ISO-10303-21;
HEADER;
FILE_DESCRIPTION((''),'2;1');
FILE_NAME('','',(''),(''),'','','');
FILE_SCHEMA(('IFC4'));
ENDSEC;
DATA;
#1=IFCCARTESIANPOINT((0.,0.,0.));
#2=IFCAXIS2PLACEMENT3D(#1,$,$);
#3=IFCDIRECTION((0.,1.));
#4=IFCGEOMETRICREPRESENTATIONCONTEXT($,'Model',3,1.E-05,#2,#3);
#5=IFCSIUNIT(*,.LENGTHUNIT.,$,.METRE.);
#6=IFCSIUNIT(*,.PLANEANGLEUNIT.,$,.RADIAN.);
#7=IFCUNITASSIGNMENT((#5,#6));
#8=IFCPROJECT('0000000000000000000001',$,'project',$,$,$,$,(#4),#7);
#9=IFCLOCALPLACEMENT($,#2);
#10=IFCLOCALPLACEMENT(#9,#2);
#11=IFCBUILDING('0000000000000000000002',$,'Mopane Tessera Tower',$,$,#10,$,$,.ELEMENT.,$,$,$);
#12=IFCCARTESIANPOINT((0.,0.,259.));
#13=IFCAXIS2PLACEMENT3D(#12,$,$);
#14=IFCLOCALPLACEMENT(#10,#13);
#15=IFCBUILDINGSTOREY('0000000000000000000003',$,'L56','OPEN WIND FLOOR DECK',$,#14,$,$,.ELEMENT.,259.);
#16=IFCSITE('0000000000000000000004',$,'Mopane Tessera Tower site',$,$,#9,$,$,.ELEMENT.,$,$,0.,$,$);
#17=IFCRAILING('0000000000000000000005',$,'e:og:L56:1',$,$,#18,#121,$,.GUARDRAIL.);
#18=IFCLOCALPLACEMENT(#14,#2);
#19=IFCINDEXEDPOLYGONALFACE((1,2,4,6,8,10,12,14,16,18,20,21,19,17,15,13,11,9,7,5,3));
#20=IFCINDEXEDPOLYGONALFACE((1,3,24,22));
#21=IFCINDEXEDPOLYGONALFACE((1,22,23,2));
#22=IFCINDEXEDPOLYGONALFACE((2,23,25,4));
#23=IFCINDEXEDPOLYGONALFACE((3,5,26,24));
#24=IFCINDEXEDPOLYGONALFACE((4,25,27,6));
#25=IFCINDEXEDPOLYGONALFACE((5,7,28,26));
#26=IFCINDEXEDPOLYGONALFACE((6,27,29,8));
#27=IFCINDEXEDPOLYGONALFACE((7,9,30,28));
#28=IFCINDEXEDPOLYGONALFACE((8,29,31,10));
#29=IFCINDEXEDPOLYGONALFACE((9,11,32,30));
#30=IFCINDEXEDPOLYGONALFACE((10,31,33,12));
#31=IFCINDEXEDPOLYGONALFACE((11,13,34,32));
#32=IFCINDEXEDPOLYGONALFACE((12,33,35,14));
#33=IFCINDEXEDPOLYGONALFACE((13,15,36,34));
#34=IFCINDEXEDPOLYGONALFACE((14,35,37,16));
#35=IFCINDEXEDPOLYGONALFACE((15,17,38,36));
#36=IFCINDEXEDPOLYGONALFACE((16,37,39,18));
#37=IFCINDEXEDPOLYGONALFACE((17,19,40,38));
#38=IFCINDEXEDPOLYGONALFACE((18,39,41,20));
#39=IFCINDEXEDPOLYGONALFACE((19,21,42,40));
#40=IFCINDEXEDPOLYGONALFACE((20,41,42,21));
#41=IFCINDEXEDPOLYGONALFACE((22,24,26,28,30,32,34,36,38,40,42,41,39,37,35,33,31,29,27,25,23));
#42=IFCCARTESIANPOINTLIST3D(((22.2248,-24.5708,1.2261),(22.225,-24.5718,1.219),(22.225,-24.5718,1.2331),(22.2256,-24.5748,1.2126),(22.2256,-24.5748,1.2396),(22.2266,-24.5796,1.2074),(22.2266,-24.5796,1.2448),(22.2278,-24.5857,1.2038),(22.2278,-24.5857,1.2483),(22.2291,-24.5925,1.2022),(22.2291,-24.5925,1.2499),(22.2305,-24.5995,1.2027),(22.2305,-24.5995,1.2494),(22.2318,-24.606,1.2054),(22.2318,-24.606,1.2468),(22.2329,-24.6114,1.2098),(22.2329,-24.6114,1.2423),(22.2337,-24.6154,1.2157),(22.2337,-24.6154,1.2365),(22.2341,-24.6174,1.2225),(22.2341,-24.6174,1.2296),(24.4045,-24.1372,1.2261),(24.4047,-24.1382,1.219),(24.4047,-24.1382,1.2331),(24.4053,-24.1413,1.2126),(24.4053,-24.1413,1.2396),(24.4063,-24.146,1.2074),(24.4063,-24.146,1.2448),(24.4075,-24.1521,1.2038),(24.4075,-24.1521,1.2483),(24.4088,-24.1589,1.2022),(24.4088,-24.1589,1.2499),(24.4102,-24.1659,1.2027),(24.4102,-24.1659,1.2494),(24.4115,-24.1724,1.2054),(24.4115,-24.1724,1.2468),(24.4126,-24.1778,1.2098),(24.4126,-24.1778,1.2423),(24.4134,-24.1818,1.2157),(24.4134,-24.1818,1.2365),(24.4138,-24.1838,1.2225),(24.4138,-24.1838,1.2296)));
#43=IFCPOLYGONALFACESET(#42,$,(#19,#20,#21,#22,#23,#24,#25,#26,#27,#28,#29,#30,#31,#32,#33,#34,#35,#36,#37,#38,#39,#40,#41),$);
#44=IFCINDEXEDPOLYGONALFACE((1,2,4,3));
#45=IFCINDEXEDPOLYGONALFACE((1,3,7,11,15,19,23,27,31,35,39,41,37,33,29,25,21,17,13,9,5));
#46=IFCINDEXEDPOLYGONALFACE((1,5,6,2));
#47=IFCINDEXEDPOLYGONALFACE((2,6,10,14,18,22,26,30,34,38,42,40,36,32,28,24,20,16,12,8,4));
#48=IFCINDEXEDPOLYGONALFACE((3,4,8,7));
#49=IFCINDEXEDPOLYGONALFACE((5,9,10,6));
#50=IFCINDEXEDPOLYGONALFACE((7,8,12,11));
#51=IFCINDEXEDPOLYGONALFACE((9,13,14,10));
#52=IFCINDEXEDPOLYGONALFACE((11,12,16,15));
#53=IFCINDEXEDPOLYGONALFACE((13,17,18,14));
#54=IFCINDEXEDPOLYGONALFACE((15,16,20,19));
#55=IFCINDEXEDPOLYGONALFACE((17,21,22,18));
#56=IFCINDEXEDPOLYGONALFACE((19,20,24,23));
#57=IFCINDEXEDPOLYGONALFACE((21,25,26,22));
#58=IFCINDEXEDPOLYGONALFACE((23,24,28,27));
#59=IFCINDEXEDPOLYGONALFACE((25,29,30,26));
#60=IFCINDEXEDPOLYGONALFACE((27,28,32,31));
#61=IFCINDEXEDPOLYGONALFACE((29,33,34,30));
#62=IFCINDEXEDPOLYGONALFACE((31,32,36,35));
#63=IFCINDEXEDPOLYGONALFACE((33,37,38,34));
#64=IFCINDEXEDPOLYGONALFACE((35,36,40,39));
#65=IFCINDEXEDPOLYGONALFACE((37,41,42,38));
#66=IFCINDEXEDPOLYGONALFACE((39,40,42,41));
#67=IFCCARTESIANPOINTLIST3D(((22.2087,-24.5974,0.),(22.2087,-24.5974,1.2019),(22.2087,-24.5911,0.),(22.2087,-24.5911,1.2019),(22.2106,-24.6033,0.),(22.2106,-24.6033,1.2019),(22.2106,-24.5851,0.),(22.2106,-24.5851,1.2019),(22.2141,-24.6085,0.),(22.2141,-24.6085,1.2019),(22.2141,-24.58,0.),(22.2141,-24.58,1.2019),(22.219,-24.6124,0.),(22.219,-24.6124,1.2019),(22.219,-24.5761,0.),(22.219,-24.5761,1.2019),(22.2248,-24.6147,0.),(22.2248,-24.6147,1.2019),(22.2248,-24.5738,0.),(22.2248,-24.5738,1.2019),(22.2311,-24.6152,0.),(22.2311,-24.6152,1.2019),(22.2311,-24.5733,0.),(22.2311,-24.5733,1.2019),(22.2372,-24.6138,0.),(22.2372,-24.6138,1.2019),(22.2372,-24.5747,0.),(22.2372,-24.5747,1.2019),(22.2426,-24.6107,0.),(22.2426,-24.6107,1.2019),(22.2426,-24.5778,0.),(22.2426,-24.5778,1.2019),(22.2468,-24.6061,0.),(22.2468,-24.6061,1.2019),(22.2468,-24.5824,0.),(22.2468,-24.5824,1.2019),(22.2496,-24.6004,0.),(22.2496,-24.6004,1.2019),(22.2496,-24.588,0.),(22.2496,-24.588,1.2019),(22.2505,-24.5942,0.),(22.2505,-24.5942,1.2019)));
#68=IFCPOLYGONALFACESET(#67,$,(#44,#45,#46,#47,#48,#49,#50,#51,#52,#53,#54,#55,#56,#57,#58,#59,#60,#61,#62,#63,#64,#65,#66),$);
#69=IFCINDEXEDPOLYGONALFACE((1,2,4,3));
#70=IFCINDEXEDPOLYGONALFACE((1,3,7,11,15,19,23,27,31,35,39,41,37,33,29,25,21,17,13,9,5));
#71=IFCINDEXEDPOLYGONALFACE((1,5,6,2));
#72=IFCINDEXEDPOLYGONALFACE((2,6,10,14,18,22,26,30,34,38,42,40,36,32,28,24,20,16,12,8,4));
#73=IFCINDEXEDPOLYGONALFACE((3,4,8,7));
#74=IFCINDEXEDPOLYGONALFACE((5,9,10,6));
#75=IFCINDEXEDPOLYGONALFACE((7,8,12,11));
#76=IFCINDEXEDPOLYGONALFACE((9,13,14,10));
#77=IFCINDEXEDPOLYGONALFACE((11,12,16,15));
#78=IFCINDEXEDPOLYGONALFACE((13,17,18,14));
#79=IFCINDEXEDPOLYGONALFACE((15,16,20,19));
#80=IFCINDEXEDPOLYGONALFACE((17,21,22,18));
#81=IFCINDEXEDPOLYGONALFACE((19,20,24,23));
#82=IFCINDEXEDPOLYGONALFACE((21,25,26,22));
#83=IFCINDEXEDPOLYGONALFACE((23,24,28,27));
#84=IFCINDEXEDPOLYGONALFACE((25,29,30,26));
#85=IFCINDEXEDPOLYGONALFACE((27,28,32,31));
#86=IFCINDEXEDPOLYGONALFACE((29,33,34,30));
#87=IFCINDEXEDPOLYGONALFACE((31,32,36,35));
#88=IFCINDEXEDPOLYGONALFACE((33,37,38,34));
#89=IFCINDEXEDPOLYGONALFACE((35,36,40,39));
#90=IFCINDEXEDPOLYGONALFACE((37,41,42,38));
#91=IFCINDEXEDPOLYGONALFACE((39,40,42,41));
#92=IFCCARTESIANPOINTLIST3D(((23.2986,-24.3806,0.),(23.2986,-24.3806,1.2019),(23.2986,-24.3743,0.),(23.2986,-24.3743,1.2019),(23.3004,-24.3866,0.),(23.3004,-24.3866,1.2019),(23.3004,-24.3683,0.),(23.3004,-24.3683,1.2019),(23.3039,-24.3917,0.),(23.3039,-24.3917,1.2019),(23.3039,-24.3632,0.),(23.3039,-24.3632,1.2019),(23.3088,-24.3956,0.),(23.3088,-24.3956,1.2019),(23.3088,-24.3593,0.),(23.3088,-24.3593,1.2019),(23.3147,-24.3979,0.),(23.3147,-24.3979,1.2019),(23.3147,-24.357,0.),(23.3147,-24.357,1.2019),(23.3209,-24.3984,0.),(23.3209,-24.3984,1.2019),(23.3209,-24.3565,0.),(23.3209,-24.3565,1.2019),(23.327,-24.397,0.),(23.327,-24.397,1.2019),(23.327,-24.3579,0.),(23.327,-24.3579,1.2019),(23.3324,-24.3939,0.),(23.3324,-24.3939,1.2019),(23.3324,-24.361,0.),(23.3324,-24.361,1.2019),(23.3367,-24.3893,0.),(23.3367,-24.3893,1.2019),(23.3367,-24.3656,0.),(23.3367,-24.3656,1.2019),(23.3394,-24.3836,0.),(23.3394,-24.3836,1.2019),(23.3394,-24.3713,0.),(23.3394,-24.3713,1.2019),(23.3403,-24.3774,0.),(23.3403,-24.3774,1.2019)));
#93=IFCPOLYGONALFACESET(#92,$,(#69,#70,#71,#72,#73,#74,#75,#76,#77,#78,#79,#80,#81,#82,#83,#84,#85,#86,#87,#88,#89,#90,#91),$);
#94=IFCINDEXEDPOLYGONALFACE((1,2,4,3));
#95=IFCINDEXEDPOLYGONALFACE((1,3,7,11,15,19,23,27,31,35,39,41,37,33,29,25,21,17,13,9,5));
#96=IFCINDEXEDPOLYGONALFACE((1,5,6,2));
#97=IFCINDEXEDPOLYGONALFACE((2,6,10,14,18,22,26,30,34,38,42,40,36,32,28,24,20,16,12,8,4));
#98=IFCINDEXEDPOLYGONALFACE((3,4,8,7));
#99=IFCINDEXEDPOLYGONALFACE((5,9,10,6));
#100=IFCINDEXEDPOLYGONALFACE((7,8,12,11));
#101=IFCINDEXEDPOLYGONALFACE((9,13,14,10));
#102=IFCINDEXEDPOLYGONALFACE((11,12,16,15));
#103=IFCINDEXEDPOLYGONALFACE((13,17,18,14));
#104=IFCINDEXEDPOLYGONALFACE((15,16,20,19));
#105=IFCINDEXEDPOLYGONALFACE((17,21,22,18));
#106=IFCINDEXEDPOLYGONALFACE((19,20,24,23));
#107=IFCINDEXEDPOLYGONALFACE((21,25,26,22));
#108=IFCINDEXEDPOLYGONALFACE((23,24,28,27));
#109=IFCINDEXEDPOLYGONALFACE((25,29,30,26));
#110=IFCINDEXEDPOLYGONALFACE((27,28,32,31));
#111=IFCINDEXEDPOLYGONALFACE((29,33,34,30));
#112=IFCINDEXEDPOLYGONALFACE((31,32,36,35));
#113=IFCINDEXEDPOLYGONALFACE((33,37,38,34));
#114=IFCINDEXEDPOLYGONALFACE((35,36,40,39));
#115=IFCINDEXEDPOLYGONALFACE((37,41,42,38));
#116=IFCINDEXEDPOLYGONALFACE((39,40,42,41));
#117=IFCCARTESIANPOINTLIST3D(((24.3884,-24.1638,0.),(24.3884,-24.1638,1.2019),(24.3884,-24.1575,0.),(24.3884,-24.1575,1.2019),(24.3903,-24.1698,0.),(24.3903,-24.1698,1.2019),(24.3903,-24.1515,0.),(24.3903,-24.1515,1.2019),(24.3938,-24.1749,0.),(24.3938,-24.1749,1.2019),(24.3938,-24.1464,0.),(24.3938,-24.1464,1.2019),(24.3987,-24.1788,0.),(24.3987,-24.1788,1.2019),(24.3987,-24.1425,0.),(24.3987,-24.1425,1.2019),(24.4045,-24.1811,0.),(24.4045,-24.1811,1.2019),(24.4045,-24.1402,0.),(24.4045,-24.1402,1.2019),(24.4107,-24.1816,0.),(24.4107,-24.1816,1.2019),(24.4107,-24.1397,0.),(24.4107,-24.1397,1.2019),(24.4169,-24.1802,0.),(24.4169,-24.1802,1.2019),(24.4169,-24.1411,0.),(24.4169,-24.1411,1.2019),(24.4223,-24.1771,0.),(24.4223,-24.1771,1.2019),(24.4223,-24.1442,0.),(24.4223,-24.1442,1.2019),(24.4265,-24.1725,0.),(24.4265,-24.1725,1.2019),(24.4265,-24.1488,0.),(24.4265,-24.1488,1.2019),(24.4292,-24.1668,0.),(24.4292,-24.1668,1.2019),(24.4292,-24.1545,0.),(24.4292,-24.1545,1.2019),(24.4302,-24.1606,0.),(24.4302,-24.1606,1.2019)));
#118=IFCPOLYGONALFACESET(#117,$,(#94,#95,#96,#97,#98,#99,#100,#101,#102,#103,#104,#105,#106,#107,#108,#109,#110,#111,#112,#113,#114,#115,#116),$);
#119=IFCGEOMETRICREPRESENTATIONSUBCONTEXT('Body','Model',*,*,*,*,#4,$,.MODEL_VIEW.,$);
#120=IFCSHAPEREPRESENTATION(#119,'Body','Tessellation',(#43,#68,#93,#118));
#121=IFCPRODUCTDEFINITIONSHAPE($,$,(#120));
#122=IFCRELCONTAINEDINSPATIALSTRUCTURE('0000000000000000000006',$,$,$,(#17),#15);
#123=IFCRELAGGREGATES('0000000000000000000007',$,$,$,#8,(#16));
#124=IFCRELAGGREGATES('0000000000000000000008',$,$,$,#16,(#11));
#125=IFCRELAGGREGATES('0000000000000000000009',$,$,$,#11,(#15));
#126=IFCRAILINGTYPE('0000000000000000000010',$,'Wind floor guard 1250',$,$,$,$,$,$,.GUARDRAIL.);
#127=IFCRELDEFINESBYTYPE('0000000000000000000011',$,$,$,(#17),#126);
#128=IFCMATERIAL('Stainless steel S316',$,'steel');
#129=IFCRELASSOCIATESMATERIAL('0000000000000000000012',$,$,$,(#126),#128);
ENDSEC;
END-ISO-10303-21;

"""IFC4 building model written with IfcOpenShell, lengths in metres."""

from ifc_helpers import new_model, si_unit, direction, frame, origin, origin_2d, place, context, subcontext, project, spatial, circle, extrude, material, type_object, element, save


model = new_model("IFC4")

# Units and contexts
model_context = context("Model", 3, precision=1e-05, world=origin(), true_north=direction((0.0, 1.0)))
body_context = subcontext(model_context, "Body", "Model", "MODEL_VIEW")
ifc_project = project(units=[si_unit("LENGTHUNIT", "METRE"), si_unit("PLANEANGLEUNIT", "RADIAN")], contexts=[model_context])

# Site, building, storey
site_placement = place(None, origin())
site = spatial("IfcSite", under=ifc_project, at=site_placement, Name="Mopane Tessera Tower site", CompositionType="ELEMENT", RefElevation=0.0)
building_placement = place(site_placement, origin())
building = spatial("IfcBuilding", under=site, at=building_placement, Name="Mopane Tessera Tower", CompositionType="ELEMENT")
storey_placement = place(building_placement, frame((0.0, 0.0, 259.0)))
storey = spatial("IfcBuildingStorey", under=building, at=storey_placement, Name="L56", Description="OPEN WIND FLOOR DECK", CompositionType="ELEMENT", Elevation=259.0)

# Railing
ifc_material_1 = material(Name="Stainless steel S316", Category="steel")
railing_type = type_object("IfcRailingType", Name="Wind floor guard 1250", PredefinedType="GUARDRAIL", material=ifc_material_1)
railing_1_placement = place(storey_placement, frame((22.2295, -24.5942, 0.0)))
element("IfcRailing", 1, at=railing_1_placement, inside=storey, type_object=railing_type, Name="e:og:L56:1", PredefinedType="GUARDRAIL", context=body_context, shape_type="SweptSolid", body=[
    extrude(circle(Radius=0.0239, at=origin_2d()), frame((0.0, 0.0, 1.2261), z_axis=(0.980783, 0.195102, 0.0), x_axis=(-0.195102, 0.980783, 0.0)), (0.0, 0.0, 1.0), 2.2224),
    extrude(circle(Radius=0.021, at=origin_2d()), origin(), (0.0, 0.0, 1.0), 1.2019),
    extrude(circle(Radius=0.021, at=origin_2d()), frame((1.0898, 0.2168, 0.0)), (0.0, 0.0, 1.0), 1.2019),
    extrude(circle(Radius=0.021, at=origin_2d()), frame((2.1797, 0.4336, 0.0)), (0.0, 0.0, 1.0), 1.2019),
])

save(model, "model.ifc")
